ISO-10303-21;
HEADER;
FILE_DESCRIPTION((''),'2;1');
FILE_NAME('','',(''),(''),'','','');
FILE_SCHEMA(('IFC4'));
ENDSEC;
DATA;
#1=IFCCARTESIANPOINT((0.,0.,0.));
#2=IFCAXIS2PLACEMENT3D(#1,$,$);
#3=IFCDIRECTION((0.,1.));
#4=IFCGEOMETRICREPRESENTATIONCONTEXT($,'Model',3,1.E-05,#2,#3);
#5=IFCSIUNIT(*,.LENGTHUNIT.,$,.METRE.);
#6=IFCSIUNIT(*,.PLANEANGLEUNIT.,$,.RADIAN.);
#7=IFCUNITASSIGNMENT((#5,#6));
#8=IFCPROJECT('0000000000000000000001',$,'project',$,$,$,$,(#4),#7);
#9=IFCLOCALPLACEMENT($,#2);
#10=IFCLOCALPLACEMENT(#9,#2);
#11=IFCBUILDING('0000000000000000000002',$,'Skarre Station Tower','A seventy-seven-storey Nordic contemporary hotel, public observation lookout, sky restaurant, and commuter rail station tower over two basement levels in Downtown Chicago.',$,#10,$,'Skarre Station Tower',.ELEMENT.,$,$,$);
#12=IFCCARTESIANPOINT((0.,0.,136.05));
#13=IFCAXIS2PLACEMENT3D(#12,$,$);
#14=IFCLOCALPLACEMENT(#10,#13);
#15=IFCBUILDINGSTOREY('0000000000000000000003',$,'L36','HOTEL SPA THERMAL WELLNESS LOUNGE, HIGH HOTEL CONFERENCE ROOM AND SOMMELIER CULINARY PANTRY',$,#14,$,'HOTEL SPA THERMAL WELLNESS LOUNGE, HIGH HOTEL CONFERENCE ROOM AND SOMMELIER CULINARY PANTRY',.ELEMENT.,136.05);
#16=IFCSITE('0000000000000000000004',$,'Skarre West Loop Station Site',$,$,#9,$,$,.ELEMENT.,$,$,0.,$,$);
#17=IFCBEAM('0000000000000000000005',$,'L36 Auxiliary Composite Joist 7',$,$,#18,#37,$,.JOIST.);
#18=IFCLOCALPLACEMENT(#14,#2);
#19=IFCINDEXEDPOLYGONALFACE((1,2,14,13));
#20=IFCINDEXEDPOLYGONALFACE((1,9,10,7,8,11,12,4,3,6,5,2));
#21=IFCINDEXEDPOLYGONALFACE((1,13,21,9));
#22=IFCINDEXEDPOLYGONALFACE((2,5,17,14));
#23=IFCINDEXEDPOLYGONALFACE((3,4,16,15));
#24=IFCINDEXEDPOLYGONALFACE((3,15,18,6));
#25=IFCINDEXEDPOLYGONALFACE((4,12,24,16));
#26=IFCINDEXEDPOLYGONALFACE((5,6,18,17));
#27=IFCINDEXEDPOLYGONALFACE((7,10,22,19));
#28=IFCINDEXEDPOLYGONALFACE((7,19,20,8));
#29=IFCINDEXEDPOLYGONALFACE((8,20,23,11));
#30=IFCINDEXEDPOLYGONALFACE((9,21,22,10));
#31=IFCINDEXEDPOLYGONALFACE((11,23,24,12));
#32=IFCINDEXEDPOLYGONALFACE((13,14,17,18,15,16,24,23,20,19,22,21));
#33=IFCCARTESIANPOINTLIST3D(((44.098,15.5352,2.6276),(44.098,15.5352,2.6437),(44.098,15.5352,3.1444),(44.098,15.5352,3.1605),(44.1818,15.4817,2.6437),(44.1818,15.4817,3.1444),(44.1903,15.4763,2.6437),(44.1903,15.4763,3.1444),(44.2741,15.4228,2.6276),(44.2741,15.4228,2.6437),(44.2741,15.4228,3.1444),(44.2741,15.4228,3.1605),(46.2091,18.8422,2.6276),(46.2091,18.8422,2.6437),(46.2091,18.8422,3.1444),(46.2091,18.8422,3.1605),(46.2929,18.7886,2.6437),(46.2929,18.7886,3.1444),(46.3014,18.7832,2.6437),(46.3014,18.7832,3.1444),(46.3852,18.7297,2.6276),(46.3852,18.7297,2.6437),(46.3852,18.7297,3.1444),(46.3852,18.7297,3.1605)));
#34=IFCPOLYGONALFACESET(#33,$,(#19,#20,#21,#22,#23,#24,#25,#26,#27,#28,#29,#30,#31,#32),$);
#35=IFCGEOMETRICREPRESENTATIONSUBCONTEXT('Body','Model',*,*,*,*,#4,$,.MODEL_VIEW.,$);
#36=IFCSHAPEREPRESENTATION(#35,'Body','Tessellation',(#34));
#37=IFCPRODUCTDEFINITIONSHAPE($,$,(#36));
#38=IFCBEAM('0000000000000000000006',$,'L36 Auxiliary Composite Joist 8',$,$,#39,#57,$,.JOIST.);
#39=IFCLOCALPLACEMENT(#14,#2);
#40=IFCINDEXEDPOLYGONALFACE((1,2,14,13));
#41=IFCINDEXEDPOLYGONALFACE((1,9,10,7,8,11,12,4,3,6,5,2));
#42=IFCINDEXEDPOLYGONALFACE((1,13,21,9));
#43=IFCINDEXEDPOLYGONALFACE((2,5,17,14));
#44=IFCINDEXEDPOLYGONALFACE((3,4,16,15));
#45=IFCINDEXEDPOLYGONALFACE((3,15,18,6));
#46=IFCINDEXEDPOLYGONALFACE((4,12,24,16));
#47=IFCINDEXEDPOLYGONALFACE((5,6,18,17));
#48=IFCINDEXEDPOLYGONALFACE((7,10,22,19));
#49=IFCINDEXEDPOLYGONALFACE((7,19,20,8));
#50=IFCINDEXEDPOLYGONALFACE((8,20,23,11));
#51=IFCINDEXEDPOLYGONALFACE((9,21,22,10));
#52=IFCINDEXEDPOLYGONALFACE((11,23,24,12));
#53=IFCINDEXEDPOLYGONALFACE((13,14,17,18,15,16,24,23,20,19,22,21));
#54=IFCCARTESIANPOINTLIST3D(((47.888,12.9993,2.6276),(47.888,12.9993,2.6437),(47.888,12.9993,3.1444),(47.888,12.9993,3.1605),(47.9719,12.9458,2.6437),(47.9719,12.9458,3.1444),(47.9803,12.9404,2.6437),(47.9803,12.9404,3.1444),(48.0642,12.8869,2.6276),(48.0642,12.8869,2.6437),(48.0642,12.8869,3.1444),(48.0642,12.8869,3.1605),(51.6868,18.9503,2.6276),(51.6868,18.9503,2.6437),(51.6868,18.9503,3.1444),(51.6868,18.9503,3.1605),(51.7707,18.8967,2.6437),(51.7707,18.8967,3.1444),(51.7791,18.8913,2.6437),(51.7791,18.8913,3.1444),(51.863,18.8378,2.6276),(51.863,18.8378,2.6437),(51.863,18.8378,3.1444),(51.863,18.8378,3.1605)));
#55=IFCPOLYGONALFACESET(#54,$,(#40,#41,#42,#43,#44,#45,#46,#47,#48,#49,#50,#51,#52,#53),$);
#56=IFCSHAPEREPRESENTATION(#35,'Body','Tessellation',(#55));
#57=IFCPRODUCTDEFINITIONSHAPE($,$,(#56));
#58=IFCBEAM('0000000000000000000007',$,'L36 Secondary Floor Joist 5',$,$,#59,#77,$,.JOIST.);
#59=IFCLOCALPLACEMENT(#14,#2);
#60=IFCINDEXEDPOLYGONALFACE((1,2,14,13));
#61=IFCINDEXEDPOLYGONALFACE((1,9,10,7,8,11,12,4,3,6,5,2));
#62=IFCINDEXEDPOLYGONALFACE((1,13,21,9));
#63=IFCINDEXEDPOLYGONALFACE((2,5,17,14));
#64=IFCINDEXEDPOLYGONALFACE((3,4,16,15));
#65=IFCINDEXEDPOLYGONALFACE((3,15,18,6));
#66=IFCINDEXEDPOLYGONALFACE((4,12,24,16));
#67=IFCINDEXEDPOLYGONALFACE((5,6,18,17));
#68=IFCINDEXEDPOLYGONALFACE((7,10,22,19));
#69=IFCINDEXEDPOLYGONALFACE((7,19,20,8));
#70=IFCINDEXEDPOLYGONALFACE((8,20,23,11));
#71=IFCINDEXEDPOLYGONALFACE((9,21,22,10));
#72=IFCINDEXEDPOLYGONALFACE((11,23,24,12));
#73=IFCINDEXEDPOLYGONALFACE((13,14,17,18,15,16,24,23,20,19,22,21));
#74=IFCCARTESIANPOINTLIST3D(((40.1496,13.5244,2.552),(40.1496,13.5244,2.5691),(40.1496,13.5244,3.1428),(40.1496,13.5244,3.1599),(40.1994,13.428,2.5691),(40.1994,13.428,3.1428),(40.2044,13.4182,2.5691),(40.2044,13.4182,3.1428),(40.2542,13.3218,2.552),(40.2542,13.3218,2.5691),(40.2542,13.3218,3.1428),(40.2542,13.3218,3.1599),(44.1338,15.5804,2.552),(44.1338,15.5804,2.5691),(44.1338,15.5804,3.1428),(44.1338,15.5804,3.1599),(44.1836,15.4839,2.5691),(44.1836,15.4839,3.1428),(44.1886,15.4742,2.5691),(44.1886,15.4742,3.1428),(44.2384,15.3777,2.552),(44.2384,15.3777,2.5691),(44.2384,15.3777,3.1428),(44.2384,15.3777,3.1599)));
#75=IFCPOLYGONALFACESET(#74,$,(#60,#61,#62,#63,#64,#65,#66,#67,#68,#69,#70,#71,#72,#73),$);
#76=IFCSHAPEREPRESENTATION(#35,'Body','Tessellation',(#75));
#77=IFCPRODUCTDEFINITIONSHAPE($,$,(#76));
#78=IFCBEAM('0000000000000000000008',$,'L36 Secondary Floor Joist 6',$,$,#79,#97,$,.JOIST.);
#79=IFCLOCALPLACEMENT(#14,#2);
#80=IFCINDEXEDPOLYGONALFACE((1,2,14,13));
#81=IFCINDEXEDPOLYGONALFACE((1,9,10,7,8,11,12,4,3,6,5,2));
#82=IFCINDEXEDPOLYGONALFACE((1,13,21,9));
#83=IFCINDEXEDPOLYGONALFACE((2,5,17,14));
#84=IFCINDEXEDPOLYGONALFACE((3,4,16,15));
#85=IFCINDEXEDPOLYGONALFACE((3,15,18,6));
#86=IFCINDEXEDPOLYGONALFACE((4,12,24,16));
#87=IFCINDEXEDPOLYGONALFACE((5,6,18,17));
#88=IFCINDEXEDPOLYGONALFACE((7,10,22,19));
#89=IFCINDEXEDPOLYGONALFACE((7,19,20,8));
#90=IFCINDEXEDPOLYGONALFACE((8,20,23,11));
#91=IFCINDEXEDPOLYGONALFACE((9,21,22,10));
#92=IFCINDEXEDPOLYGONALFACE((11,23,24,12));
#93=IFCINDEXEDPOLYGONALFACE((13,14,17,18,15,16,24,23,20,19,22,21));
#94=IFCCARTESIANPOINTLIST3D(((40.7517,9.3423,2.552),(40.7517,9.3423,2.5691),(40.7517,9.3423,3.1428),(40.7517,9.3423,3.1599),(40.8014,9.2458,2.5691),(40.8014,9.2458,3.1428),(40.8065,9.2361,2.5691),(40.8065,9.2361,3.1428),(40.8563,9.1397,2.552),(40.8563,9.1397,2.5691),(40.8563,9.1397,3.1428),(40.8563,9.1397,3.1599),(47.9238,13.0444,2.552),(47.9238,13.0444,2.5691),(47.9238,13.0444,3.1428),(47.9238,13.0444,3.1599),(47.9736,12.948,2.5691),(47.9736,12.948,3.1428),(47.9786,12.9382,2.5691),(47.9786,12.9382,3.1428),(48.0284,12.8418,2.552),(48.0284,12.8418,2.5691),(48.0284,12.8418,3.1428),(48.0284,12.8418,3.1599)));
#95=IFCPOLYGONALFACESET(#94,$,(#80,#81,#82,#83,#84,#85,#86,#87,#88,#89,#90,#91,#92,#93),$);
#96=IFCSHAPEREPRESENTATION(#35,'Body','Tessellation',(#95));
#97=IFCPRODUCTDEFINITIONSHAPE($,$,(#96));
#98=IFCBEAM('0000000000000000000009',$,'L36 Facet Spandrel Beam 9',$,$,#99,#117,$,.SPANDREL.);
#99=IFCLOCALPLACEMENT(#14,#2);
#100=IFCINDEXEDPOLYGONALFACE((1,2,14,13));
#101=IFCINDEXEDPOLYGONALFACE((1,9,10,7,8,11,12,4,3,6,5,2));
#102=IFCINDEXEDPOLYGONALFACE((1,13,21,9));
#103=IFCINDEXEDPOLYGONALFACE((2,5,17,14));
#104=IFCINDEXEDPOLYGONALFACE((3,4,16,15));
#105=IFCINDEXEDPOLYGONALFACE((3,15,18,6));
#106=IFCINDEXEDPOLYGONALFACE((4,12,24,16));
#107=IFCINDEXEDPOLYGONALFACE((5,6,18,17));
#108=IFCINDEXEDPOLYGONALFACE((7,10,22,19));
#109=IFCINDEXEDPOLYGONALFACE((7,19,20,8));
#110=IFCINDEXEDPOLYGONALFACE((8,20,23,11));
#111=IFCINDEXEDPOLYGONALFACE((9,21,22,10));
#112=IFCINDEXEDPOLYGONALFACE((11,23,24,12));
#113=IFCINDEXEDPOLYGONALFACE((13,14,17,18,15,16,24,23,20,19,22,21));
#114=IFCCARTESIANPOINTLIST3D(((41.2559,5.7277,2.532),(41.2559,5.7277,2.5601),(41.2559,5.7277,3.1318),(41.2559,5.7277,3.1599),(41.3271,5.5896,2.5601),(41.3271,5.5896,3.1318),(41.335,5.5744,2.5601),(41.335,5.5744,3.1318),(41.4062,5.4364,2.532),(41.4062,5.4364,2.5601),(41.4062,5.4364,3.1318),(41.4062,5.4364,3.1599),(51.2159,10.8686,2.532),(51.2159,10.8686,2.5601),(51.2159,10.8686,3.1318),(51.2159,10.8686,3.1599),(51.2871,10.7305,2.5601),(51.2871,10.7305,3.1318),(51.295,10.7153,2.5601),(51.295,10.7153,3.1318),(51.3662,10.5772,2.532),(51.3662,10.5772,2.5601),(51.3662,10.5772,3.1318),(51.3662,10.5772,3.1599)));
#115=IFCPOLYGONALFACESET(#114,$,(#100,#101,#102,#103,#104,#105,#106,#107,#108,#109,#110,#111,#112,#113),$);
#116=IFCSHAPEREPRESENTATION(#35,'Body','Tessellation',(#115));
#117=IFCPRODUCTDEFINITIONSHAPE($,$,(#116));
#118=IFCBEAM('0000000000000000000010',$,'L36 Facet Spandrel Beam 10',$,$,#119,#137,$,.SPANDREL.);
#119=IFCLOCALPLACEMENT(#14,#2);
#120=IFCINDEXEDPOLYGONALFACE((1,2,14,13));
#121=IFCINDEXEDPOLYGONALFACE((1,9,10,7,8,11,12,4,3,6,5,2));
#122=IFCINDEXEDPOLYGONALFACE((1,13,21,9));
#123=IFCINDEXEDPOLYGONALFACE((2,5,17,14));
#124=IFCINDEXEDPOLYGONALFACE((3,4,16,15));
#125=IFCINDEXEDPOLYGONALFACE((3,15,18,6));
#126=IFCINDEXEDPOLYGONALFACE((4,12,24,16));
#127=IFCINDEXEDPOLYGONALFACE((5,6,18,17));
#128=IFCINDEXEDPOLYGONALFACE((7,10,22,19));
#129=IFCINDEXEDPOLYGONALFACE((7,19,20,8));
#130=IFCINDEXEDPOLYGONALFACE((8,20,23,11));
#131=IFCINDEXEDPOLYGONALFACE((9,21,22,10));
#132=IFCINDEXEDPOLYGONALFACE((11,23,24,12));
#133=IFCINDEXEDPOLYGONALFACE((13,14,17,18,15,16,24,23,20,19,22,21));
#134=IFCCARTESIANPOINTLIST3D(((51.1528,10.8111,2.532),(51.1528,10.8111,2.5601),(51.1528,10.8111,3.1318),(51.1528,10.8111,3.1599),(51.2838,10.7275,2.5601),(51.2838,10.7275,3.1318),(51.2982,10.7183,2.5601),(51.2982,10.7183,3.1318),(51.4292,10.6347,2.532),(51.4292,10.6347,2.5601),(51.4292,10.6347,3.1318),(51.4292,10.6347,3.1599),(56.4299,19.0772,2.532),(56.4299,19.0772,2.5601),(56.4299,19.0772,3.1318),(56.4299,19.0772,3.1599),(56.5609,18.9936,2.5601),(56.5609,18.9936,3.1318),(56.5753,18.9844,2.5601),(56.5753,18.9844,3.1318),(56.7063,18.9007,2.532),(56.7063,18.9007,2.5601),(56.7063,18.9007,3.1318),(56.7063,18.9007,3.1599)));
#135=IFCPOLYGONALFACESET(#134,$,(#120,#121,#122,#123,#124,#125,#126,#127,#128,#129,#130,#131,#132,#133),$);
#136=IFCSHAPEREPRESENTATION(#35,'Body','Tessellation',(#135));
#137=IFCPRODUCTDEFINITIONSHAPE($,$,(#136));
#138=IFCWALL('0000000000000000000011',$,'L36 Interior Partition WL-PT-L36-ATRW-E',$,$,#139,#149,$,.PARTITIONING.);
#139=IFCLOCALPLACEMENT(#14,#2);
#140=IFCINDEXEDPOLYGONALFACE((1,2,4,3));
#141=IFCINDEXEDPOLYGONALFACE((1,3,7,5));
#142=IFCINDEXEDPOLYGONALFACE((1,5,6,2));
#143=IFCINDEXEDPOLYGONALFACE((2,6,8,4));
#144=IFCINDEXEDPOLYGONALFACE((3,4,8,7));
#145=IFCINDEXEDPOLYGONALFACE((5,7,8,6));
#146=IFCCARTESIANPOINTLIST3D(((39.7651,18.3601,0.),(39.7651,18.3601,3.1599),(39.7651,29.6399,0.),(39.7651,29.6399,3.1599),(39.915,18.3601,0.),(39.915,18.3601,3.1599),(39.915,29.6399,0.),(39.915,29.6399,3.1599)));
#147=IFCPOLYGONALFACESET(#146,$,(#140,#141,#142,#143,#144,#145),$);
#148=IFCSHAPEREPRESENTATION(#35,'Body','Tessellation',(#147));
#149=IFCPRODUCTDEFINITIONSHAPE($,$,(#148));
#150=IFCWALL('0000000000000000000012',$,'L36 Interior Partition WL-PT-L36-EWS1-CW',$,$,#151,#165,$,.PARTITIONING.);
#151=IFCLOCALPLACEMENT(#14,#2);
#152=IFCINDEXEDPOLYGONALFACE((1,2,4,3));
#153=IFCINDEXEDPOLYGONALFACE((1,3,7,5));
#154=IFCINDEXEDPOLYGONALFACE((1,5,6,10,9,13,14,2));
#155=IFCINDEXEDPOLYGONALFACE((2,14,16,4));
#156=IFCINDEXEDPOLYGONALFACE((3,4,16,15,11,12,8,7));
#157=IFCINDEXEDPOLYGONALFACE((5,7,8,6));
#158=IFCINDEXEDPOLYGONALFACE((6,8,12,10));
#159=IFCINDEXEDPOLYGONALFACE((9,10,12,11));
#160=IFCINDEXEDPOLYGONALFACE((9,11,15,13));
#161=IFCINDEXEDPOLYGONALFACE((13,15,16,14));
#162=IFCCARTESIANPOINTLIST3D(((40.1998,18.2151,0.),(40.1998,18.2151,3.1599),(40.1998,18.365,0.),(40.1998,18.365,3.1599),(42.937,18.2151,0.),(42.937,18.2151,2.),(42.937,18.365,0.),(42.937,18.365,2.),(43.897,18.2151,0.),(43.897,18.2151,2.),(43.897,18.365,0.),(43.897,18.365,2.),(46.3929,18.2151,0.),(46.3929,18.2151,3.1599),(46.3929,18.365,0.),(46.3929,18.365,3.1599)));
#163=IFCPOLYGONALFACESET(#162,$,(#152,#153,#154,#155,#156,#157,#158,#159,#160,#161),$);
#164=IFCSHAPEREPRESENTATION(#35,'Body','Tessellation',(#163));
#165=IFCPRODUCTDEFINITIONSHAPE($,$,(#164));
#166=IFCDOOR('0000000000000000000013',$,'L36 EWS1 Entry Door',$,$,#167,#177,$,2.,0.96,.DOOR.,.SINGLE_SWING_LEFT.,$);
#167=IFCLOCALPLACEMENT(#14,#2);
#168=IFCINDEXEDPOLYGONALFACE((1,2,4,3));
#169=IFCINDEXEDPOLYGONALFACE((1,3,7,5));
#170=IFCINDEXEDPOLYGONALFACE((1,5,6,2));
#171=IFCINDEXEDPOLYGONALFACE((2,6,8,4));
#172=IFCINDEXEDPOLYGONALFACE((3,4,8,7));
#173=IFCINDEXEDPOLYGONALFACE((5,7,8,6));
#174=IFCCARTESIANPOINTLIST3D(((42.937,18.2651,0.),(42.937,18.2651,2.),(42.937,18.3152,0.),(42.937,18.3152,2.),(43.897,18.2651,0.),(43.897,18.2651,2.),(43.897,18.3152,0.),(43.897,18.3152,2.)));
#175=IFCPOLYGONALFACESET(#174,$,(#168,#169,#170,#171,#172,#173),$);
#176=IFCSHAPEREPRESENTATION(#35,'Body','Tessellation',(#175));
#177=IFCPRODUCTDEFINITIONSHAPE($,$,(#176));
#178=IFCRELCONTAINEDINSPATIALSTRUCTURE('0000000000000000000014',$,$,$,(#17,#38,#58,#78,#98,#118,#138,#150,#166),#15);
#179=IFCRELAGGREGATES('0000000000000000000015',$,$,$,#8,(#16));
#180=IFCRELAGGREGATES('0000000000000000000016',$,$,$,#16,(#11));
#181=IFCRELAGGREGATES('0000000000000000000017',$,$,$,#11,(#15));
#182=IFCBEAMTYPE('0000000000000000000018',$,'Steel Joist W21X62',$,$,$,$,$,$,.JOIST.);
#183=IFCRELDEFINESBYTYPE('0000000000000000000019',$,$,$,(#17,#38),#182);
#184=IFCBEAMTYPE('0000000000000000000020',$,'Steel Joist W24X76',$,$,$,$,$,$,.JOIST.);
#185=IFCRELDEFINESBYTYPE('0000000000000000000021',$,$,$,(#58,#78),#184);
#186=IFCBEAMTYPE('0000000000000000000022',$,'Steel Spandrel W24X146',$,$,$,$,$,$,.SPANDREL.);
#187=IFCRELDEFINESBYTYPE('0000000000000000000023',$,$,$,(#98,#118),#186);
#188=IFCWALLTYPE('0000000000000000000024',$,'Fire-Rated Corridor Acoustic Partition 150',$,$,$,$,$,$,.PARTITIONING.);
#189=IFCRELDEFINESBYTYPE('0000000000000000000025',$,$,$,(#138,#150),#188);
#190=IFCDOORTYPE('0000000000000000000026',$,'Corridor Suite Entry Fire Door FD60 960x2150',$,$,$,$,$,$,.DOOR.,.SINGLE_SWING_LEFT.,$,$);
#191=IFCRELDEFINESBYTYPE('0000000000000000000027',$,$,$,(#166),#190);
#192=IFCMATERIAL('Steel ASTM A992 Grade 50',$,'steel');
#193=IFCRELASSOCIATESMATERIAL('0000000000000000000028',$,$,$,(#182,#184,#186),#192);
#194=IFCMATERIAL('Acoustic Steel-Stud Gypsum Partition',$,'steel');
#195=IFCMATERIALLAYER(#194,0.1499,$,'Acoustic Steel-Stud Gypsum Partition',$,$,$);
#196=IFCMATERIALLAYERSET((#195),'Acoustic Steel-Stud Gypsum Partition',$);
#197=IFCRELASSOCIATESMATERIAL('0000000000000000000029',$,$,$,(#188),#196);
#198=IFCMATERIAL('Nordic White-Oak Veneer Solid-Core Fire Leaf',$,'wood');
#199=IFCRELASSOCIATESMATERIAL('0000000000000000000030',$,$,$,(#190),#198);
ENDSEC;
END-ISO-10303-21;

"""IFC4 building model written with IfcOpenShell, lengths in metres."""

from ifc_helpers import new_model, si_unit, direction, frame, frame_2d, origin, origin_2d, place, context, subcontext, project, spatial, rectangle, i_section, extrude, material, layer, layer_set, material_profile, profile_set, type_object, element, fill, save


model = new_model("IFC4")

# Units and contexts
model_context = context("Model", 3, precision=1e-05, world=origin(), true_north=direction((0.0, 1.0)))
body_context = subcontext(model_context, "Body", "Model", "MODEL_VIEW")
ifc_project = project(units=[si_unit("LENGTHUNIT", "METRE"), si_unit("PLANEANGLEUNIT", "RADIAN")], contexts=[model_context])

# Site, building, storey
site_placement = place(None, origin())
site = spatial("IfcSite", under=ifc_project, at=site_placement, Name="Skarre West Loop Station Site", CompositionType="ELEMENT", RefElevation=0.0)
building_placement = place(site_placement, origin())
building = spatial("IfcBuilding", under=site, at=building_placement, Name="Skarre Station Tower", Description="A seventy-seven-storey Nordic contemporary hotel, public observation lookout, sky restaurant, and commuter rail station tower over two basement levels in Downtown Chicago.", LongName="Skarre Station Tower", CompositionType="ELEMENT")
storey_placement = place(building_placement, frame((0.0, 0.0, 136.05)))
storey = spatial("IfcBuildingStorey", under=building, at=storey_placement, Name="L36", Description="HOTEL SPA THERMAL WELLNESS LOUNGE, HIGH HOTEL CONFERENCE ROOM AND SOMMELIER CULINARY PANTRY", LongName="HOTEL SPA THERMAL WELLNESS LOUNGE, HIGH HOTEL CONFERENCE ROOM AND SOMMELIER CULINARY PANTRY", CompositionType="ELEMENT", Elevation=136.05)

# Beams
ifc_material_1 = material(Name="Steel ASTM A992 Grade 50", Category="steel")
ifc_material_profile_1 = material_profile(ifc_material_1, i_section(OverallWidth=0.209, OverallDepth=0.533, WebThickness=0.01, FlangeThickness=0.0161, at=origin_2d()), Name="Steel ASTM A992 Grade 50")
ifc_profile_set_1 = profile_set([ifc_material_profile_1], Name="Steel ASTM A992 Grade 50")
beam_type_1 = type_object("IfcBeamType", Name="Steel Joist W21X62", PredefinedType="JOIST", material=ifc_profile_set_1)
beam_1_placement = place(storey_placement, frame((44.186, 15.479, 2.894), z_axis=(0.538091, 0.842887, 0.0), x_axis=(-0.842887, 0.538091, 0.0)))
element("IfcBeam", 1, at=beam_1_placement, inside=storey, type_object=beam_type_1, Name="L36 Auxiliary Composite Joist 7", PredefinedType="JOIST", context=body_context, shape_type="SweptSolid", body=[
    extrude(i_section(OverallWidth=0.209, OverallDepth=0.533, WebThickness=0.01, FlangeThickness=0.0161, at=origin_2d()), origin(), (0.0, 0.0, 1.0), 3.9233),
])
beam_2_placement = place(storey_placement, frame((47.9761, 12.9431, 2.894), z_axis=(0.538072, 0.842899, 0.0), x_axis=(-0.842899, 0.538072, 0.0)))
element("IfcBeam", 2, at=beam_2_placement, inside=storey, type_object=beam_type_1, Name="L36 Auxiliary Composite Joist 8", PredefinedType="JOIST", context=body_context, shape_type="SweptSolid", body=[
    extrude(i_section(OverallWidth=0.209, OverallDepth=0.533, WebThickness=0.01, FlangeThickness=0.0161, at=origin_2d()), origin(), (0.0, 0.0, 1.0), 7.0601),
])
ifc_material_profile_2 = material_profile(ifc_material_1, i_section(OverallWidth=0.228, OverallDepth=0.6079, WebThickness=0.011, FlangeThickness=0.0171, at=origin_2d()), Name="Steel ASTM A992 Grade 50")
ifc_profile_set_2 = profile_set([ifc_material_profile_2], Name="Steel ASTM A992 Grade 50")
beam_type_2 = type_object("IfcBeamType", Name="Steel Joist W24X76", PredefinedType="JOIST", material=ifc_profile_set_2)
beam_3_placement = place(storey_placement, frame((40.2019, 13.4231, 2.856), z_axis=(0.888659, 0.458569, 0.0), x_axis=(-0.458569, 0.888659, 0.0)))
element("IfcBeam", 3, at=beam_3_placement, inside=storey, type_object=beam_type_2, Name="L36 Secondary Floor Joist 5", PredefinedType="JOIST", context=body_context, shape_type="SweptSolid", body=[
    extrude(i_section(OverallWidth=0.228, OverallDepth=0.6079, WebThickness=0.011, FlangeThickness=0.0171, at=origin_2d()), origin(), (0.0, 0.0, 1.0), 4.4834),
])
beam_4_placement = place(storey_placement, frame((40.804, 9.241, 2.856), z_axis=(0.8886, 0.458683, 0.0), x_axis=(-0.458683, 0.8886, 0.0)))
element("IfcBeam", 4, at=beam_4_placement, inside=storey, type_object=beam_type_2, Name="L36 Secondary Floor Joist 6", PredefinedType="JOIST", context=body_context, shape_type="SweptSolid", body=[
    extrude(i_section(OverallWidth=0.228, OverallDepth=0.6079, WebThickness=0.011, FlangeThickness=0.0171, at=origin_2d()), origin(), (0.0, 0.0, 1.0), 8.0713),
])
ifc_material_profile_3 = material_profile(ifc_material_1, i_section(OverallWidth=0.3279, OverallDepth=0.6279, WebThickness=0.0171, FlangeThickness=0.0281, at=origin_2d()), Name="Steel ASTM A992 Grade 50")
ifc_profile_set_3 = profile_set([ifc_material_profile_3], Name="Steel ASTM A992 Grade 50")
beam_type_3 = type_object("IfcBeamType", Name="Steel Spandrel W24X146", PredefinedType="SPANDREL", material=ifc_profile_set_3)
beam_5_placement = place(storey_placement, frame((41.3311, 5.582, 2.8459), z_axis=(0.888612, 0.45866, 0.0), x_axis=(-0.45866, 0.888612, 0.0)))
element("IfcBeam", 5, at=beam_5_placement, inside=storey, type_object=beam_type_3, Name="L36 Facet Spandrel Beam 9", PredefinedType="SPANDREL", context=body_context, shape_type="SweptSolid", body=[
    extrude(i_section(OverallWidth=0.3279, OverallDepth=0.6279, WebThickness=0.0171, FlangeThickness=0.0281, at=origin_2d()), origin(), (0.0, 0.0, 1.0), 11.2085),
])
beam_6_placement = place(storey_placement, frame((51.291, 10.7229, 2.8459), z_axis=(0.538098, 0.842883, 0.0), x_axis=(-0.842883, 0.538098, 0.0)))
element("IfcBeam", 6, at=beam_6_placement, inside=storey, type_object=beam_type_3, Name="L36 Facet Spandrel Beam 10", PredefinedType="SPANDREL", context=body_context, shape_type="SweptSolid", body=[
    extrude(i_section(OverallWidth=0.3279, OverallDepth=0.6279, WebThickness=0.0171, FlangeThickness=0.0281, at=origin_2d()), origin(), (0.0, 0.0, 1.0), 9.8069),
])

# Wall
ifc_material_2 = material(Name="Acoustic Steel-Stud Gypsum Partition", Category="steel")
ifc_layer_1 = layer(ifc_material_2, 0.1499, Name="Acoustic Steel-Stud Gypsum Partition")
ifc_layer_set_1 = layer_set([ifc_layer_1], Name="Acoustic Steel-Stud Gypsum Partition")
wall_type_1 = type_object("IfcWallType", Name="Fire-Rated Corridor Acoustic Partition 150", PredefinedType="PARTITIONING", material=ifc_layer_set_1)
wall_1_placement = place(storey_placement, frame((39.8401, 18.3601, 0.0), z_axis=(0.0, 0.0, 1.0), x_axis=(0.0, 1.0, 0.0)))
element("IfcWall", 7, at=wall_1_placement, inside=storey, type_object=wall_type_1, Name="L36 Interior Partition WL-PT-L36-ATRW-E", PredefinedType="PARTITIONING", context=body_context, shape_type="SweptSolid", body=[
    extrude(rectangle(XDim=11.2798, YDim=0.1499, at=frame_2d((5.6399, 0.0))), origin(), (0.0, 0.0, 1.0), 3.1599),
])

# Wall, opening, door
wall_2_placement = place(storey_placement, frame((46.3931, 18.29, 0.0), z_axis=(0.0, 0.0, 1.0), x_axis=(-1.0, 0.0, 0.0)))
wall_2 = element("IfcWall", 8, at=wall_2_placement, inside=storey, type_object=wall_type_1, Name="L36 Interior Partition WL-PT-L36-EWS1-CW", PredefinedType="PARTITIONING", context=body_context, shape_type="SweptSolid", body=[
    extrude(rectangle(XDim=6.1931, YDim=0.1499, at=frame_2d((3.0967, 0.0))), origin(), (0.0, 0.0, 1.0), 3.1599),
])
opening_1_placement = place(wall_2_placement, frame((2.4961, 0.0, 0.0)))
opening_1 = element("IfcOpeningElement", 9, at=opening_1_placement, cuts=wall_2, PredefinedType="OPENING", context=body_context, shape_type="SweptSolid", body=[
    extrude(rectangle(XDim=0.96, YDim=2.0, at=frame_2d((0.48, 1.0))), frame((0.0, 0.085, 0.0), z_axis=(0.0, -1.0, 0.0), x_axis=(1.0, 0.0, 0.0)), (0.0, 0.0, 1.0), 0.1699),
])
ifc_material_3 = material(Name="Nordic White-Oak Veneer Solid-Core Fire Leaf", Category="wood")
door_type = type_object("IfcDoorType", Name="Corridor Suite Entry Fire Door FD60 960x2150", OperationType="SINGLE_SWING_LEFT", PredefinedType="DOOR", material=ifc_material_3)
door_1_placement = place(opening_1_placement, origin())
door_1 = element("IfcDoor", 10, at=door_1_placement, inside=storey, type_object=door_type, Name="L36 EWS1 Entry Door", OperationType="SINGLE_SWING_LEFT", OverallHeight=2.0, OverallWidth=0.96, PredefinedType="DOOR", context=body_context, shape_type="SweptSolid", body=[
    extrude(rectangle(XDim=0.96, YDim=2.0, at=frame_2d((0.48, 1.0))), frame((0.0, 0.0249, 0.0), z_axis=(0.0, -1.0, 0.0), x_axis=(1.0, 0.0, 0.0)), (0.0, 0.0, 1.0), 0.05),
])
fill(opening_1, door_1)

save(model, "model.ifc")
